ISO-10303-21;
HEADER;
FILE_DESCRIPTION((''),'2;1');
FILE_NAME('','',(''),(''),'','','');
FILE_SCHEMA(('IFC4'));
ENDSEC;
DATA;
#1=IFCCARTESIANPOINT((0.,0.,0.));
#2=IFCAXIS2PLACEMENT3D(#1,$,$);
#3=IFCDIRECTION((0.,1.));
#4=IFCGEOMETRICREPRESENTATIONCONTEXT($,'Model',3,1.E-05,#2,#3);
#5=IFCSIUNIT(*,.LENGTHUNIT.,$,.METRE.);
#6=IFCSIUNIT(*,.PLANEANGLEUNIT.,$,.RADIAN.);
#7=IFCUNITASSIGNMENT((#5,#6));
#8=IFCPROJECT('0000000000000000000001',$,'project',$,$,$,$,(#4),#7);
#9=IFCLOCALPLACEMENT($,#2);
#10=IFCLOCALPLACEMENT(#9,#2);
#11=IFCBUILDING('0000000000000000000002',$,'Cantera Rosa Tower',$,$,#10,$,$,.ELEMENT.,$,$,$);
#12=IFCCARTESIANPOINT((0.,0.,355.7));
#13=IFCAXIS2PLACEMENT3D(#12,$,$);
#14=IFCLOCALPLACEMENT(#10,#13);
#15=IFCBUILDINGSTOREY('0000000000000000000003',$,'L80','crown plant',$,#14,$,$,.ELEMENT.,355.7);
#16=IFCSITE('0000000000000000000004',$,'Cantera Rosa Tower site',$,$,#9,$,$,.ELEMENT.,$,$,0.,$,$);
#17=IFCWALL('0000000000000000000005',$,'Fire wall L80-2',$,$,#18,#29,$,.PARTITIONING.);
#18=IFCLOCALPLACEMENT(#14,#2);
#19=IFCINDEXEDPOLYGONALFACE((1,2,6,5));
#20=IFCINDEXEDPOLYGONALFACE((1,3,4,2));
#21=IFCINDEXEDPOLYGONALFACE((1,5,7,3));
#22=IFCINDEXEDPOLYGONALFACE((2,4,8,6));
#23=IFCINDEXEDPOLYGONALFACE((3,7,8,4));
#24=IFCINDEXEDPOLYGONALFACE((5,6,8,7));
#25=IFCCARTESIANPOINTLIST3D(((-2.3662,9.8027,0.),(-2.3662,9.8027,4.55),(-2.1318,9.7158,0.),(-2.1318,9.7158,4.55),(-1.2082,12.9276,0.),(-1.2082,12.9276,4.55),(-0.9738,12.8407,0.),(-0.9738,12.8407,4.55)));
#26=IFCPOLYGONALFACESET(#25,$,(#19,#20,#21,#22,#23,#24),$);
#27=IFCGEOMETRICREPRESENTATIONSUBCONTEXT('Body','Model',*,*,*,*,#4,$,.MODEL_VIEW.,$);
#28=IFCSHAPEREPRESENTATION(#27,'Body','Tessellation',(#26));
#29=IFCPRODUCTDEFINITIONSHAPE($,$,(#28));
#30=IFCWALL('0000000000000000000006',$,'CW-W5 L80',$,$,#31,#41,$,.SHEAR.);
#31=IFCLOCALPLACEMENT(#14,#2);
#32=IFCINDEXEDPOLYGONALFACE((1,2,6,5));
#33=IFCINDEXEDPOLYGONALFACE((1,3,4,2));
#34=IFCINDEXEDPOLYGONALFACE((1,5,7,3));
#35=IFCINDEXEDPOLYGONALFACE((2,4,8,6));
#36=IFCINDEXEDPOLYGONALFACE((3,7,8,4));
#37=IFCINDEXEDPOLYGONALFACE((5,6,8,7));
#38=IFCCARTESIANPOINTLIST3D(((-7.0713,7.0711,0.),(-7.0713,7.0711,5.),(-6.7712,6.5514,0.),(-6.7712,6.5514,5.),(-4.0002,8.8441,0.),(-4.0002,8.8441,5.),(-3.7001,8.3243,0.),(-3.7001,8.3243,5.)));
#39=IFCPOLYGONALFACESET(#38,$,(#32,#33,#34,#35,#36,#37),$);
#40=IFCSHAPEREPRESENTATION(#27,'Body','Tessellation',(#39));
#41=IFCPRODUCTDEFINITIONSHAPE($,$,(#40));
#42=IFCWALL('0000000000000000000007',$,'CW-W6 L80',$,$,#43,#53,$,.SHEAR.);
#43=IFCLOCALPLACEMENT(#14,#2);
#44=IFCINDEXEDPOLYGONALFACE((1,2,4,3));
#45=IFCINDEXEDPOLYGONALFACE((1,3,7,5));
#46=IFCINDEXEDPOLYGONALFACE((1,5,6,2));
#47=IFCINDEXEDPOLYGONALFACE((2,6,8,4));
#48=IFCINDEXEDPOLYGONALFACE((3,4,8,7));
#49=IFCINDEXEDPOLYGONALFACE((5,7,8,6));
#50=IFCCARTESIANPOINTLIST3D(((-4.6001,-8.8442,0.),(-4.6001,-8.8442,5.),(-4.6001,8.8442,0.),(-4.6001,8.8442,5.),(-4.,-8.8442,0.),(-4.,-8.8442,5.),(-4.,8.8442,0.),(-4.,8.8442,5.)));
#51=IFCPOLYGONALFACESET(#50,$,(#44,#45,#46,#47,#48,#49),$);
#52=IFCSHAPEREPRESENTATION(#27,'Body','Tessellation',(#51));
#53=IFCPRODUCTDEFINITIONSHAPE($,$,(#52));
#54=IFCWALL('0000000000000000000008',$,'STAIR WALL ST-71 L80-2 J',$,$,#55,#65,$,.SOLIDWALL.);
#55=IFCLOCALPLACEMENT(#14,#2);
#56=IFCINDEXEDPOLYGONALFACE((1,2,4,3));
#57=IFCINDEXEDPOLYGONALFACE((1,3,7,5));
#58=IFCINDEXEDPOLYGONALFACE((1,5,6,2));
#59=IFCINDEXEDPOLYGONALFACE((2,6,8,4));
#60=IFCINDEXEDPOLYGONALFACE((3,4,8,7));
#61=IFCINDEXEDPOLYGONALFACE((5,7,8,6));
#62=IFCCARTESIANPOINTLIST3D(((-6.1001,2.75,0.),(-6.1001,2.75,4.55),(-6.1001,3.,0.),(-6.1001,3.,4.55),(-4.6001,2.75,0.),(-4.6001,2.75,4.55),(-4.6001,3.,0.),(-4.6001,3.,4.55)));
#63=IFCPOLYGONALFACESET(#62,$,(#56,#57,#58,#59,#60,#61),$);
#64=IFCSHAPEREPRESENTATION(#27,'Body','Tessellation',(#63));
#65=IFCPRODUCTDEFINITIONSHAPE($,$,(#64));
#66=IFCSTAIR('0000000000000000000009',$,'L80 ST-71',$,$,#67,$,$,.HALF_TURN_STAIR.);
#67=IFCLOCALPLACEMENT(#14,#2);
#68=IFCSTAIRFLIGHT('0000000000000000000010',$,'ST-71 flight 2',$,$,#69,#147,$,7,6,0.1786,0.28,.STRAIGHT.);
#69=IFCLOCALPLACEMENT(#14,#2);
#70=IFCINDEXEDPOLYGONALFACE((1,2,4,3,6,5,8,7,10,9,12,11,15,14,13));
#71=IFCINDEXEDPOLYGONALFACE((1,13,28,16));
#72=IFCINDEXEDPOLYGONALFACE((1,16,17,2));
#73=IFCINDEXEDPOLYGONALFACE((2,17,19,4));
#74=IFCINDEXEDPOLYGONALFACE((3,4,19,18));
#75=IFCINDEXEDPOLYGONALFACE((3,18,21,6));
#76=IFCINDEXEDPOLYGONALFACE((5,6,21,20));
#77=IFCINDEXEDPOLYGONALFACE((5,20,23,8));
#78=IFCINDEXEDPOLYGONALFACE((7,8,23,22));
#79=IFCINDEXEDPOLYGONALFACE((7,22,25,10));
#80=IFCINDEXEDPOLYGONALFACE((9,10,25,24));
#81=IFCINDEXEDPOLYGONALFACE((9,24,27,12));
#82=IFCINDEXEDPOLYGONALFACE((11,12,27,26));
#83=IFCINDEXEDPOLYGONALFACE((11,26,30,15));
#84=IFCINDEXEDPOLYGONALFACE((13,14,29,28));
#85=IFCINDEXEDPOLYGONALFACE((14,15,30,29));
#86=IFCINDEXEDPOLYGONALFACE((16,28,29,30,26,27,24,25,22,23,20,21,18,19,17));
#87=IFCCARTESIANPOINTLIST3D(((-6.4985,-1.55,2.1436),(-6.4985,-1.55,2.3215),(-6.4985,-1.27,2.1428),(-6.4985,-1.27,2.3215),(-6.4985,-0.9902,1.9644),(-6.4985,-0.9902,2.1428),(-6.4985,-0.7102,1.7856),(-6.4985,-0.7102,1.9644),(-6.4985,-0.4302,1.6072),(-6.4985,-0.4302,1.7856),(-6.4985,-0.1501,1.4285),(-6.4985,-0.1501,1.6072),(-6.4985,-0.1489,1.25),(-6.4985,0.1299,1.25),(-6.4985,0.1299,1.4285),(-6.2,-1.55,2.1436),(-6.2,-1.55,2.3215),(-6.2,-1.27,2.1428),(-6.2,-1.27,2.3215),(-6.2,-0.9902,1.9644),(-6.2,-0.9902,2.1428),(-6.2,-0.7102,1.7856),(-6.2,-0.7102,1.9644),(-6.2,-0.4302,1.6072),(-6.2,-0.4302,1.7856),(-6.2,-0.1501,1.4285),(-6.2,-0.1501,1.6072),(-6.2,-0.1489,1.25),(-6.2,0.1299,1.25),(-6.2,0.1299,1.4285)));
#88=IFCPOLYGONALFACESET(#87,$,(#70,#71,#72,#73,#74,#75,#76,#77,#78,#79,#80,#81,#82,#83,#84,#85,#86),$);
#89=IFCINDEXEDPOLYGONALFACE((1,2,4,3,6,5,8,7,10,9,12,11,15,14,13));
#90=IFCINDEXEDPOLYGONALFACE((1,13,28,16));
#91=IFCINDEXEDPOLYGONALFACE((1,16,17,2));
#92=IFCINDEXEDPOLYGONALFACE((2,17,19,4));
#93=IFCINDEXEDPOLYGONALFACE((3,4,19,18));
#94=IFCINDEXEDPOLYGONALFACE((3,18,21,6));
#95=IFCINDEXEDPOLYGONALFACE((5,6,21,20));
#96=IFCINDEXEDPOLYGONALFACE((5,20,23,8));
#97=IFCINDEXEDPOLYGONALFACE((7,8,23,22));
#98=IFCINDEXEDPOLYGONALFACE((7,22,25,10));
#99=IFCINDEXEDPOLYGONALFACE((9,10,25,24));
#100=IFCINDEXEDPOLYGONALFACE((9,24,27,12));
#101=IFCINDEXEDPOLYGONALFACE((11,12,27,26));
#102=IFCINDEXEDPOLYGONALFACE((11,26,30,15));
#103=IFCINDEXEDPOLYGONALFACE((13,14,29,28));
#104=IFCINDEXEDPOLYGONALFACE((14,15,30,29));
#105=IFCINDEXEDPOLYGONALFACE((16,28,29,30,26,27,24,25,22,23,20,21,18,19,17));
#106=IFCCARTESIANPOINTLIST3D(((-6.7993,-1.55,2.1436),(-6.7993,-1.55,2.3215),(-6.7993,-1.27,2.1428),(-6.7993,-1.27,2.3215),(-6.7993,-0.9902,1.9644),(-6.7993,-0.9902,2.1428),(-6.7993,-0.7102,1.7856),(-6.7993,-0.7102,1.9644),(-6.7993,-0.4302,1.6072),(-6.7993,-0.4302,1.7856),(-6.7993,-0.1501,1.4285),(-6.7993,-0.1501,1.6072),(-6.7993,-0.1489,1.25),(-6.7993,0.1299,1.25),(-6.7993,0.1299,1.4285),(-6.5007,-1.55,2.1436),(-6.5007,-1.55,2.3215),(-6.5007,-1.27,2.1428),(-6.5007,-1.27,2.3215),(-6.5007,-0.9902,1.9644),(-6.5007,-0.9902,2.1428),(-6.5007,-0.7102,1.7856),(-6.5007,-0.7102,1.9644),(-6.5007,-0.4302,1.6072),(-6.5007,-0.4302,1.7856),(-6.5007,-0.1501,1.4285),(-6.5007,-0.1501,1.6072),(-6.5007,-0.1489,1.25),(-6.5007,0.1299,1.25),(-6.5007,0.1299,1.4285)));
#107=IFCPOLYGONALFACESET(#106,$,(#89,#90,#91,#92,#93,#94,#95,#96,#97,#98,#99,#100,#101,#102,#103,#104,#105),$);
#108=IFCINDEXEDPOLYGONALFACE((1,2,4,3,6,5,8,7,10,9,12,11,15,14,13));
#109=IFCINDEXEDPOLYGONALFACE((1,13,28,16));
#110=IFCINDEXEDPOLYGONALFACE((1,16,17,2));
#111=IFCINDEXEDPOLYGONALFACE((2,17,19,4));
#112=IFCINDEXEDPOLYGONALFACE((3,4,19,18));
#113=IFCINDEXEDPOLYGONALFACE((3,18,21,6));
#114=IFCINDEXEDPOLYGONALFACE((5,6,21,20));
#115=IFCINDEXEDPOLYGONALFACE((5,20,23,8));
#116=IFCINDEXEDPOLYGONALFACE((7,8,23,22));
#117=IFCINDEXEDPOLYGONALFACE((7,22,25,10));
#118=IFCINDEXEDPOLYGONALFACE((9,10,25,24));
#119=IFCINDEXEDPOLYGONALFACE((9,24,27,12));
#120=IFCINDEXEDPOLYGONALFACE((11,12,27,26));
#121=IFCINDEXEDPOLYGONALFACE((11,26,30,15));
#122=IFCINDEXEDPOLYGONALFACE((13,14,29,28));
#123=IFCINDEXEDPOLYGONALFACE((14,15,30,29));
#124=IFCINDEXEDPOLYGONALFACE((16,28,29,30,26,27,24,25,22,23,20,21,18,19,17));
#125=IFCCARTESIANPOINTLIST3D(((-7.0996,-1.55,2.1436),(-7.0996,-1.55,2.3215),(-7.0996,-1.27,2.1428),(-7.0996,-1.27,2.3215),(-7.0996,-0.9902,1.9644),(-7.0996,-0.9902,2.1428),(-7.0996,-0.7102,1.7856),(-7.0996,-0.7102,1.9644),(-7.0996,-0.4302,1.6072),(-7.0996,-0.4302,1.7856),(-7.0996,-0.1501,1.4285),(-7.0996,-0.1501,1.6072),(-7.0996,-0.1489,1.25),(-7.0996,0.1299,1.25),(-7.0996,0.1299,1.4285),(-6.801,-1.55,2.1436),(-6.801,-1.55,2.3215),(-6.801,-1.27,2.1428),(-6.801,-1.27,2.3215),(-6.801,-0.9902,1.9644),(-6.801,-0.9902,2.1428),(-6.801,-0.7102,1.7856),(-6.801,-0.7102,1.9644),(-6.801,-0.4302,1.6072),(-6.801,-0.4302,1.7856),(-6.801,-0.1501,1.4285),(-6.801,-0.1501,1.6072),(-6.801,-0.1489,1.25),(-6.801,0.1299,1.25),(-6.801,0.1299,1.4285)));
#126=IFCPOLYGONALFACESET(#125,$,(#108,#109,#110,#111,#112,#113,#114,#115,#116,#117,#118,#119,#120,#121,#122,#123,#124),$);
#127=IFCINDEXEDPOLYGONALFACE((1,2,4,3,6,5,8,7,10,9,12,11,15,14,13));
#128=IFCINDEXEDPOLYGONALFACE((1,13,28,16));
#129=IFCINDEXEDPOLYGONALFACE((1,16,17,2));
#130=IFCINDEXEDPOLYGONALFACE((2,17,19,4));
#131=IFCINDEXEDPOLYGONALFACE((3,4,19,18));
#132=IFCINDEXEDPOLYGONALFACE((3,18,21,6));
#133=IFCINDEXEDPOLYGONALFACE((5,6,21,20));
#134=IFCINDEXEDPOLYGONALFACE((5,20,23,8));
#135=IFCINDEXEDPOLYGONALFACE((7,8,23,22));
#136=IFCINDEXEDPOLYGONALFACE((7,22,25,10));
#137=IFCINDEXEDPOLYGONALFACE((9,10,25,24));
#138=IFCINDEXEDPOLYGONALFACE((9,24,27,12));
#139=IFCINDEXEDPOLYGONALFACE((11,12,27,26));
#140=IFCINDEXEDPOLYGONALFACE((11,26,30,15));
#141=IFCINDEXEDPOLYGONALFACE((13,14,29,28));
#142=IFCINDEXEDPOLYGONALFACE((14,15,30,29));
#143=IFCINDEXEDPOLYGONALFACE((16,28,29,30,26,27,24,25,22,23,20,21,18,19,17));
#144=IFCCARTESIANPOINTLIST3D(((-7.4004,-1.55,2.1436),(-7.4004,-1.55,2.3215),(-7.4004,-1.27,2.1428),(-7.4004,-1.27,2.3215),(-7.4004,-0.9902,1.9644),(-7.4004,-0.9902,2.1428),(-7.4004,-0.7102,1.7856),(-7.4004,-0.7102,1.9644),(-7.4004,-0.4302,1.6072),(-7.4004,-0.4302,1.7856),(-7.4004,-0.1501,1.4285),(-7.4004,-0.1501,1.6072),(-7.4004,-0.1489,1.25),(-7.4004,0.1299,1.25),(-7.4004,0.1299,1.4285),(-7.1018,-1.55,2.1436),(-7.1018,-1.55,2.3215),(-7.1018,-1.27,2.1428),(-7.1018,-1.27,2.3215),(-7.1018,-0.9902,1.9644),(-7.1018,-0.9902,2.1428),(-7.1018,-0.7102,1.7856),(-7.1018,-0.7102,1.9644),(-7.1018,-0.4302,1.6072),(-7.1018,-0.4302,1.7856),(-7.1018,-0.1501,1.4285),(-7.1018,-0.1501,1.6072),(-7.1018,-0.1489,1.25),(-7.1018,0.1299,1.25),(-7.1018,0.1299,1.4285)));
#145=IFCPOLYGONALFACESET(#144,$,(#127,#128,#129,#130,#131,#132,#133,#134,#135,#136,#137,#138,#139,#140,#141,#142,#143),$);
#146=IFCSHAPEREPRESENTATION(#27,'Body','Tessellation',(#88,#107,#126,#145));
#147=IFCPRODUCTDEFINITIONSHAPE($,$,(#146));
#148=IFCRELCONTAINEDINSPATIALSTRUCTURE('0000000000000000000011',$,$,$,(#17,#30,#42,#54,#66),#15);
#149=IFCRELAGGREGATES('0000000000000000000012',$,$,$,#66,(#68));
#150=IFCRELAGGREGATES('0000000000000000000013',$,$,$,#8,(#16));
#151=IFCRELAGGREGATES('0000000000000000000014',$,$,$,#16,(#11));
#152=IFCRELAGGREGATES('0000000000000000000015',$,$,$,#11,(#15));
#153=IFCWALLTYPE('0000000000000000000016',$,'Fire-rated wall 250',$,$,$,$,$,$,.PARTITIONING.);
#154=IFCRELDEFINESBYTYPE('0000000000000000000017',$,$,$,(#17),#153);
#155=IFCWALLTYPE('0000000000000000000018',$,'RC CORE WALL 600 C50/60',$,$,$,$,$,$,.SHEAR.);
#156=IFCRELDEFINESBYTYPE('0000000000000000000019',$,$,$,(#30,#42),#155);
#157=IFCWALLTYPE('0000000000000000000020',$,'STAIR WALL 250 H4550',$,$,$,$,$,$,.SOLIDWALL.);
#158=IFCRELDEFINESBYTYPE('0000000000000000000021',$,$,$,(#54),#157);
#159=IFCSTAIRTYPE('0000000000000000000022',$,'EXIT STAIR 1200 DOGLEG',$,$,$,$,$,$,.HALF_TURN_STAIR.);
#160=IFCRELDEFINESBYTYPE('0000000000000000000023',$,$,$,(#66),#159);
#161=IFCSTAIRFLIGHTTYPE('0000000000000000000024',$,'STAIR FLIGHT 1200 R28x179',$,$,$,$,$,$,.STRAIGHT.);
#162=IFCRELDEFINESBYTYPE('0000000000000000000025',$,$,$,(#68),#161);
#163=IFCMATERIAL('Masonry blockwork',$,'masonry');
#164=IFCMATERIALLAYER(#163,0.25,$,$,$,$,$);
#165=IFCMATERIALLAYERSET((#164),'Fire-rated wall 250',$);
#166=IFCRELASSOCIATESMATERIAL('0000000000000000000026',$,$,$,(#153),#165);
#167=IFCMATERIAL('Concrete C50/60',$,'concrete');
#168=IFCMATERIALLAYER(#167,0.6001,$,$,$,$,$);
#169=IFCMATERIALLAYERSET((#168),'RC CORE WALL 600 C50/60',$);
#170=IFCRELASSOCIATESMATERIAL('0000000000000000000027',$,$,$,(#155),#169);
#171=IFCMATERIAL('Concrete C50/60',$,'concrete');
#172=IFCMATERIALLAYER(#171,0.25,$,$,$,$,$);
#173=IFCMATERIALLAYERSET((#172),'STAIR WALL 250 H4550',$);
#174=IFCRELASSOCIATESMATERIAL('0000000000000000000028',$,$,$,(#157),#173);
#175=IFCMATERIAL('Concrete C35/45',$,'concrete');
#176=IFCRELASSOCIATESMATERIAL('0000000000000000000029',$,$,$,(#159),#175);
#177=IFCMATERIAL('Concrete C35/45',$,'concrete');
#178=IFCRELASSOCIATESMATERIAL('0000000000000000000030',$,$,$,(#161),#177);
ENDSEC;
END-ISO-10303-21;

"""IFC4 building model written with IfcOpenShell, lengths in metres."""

from ifc_helpers import new_model, si_unit, direction, frame, frame_2d, origin, place, context, subcontext, project, spatial, polyline, rectangle, outline, extrude, material, layer, layer_set, type_object, element, aggregate, save


model = new_model("IFC4")

# Units and contexts
model_context = context("Model", 3, precision=1e-05, world=origin(), true_north=direction((0.0, 1.0)))
body_context = subcontext(model_context, "Body", "Model", "MODEL_VIEW")
ifc_project = project(units=[si_unit("LENGTHUNIT", "METRE"), si_unit("PLANEANGLEUNIT", "RADIAN")], contexts=[model_context])

# Site, building, storey
site_placement = place(None, origin())
site = spatial("IfcSite", under=ifc_project, at=site_placement, Name="Cantera Rosa Tower site", CompositionType="ELEMENT", RefElevation=0.0)
building_placement = place(site_placement, origin())
building = spatial("IfcBuilding", under=site, at=building_placement, Name="Cantera Rosa Tower", CompositionType="ELEMENT")
storey_placement = place(building_placement, frame((0.0, 0.0, 355.7)))
storey = spatial("IfcBuildingStorey", under=building, at=storey_placement, Name="L80", Description="crown plant", CompositionType="ELEMENT", Elevation=355.7)

# Walls
ifc_material_1 = material(Name="Masonry blockwork", Category="masonry")
ifc_layer_1 = layer(ifc_material_1, 0.25)
ifc_layer_set_1 = layer_set([ifc_layer_1], Name="Fire-rated wall 250")
wall_type_1 = type_object("IfcWallType", Name="Fire-rated wall 250", PredefinedType="PARTITIONING", material=ifc_layer_set_1)
wall_1_placement = place(storey_placement, frame((-2.249, 9.7593, 0.0), z_axis=(0.0, 0.0, 1.0), x_axis=(0.347484, 0.937686, 0.0)))
element("IfcWall", 1, at=wall_1_placement, inside=storey, type_object=wall_type_1, Name="Fire wall L80-2", PredefinedType="PARTITIONING", context=body_context, shape_type="SweptSolid", body=[
    extrude(rectangle(XDim=3.3325, YDim=0.25, at=frame_2d((1.6663, 0.0))), origin(), (0.0, 0.0, 1.0), 4.55),
])
ifc_material_2 = material(Name="Concrete C50/60", Category="concrete")
ifc_layer_2 = layer(ifc_material_2, 0.6001)
ifc_layer_set_2 = layer_set([ifc_layer_2], Name="RC CORE WALL 600 C50/60")
wall_type_2 = type_object("IfcWallType", Name="RC CORE WALL 600 C50/60", PredefinedType="SHEAR", material=ifc_layer_set_2)
wall_2_placement = place(storey_placement, frame((-6.9211, 6.8113, 0.0), z_axis=(0.0, 0.0, 1.0), x_axis=(0.86604, 0.499975, 0.0)))
element("IfcWall", 2, at=wall_2_placement, inside=storey, type_object=wall_type_2, Name="CW-W5 L80", PredefinedType="SHEAR", context=body_context, shape_type="SweptSolid", body=[
    extrude(rectangle(XDim=3.5461, YDim=0.6001, at=frame_2d((1.7729, 0.0))), origin(), (0.0, 0.0, 1.0), 5.0),
])
wall_3_placement = place(storey_placement, frame((-4.3, 8.8442, 0.0), z_axis=(0.0, 0.0, 1.0), x_axis=(0.0, -1.0, 0.0)))
element("IfcWall", 3, at=wall_3_placement, inside=storey, type_object=wall_type_2, Name="CW-W6 L80", PredefinedType="SHEAR", context=body_context, shape_type="SweptSolid", body=[
    extrude(rectangle(XDim=17.6885, YDim=0.6001, at=frame_2d((8.8442, 0.0))), origin(), (0.0, 0.0, 1.0), 5.0),
])
ifc_material_3 = material(Name="Concrete C50/60", Category="concrete")
ifc_layer_3 = layer(ifc_material_3, 0.25)
ifc_layer_set_3 = layer_set([ifc_layer_3], Name="STAIR WALL 250 H4550")
wall_type_3 = type_object("IfcWallType", Name="STAIR WALL 250 H4550", PredefinedType="SOLIDWALL", material=ifc_layer_set_3)
wall_4_placement = place(storey_placement, frame((-6.1001, 2.875, 0.0), z_axis=(0.0, 0.0, 1.0), x_axis=(1.0, 0.0, 0.0)))
element("IfcWall", 4, at=wall_4_placement, inside=storey, type_object=wall_type_3, Name="STAIR WALL ST-71 L80-2 J", PredefinedType="SOLIDWALL", context=body_context, shape_type="SweptSolid", body=[
    extrude(rectangle(XDim=1.5, YDim=0.25, at=frame_2d((0.75, 0.0))), origin(), (0.0, 0.0, 1.0), 4.55),
])

# Stair, stair flight
ifc_material_4 = material(Name="Concrete C35/45", Category="concrete")
stair_type = type_object("IfcStairType", Name="EXIT STAIR 1200 DOGLEG", PredefinedType="HALF_TURN_STAIR", material=ifc_material_4)
stair_placement = place(storey_placement, origin())
stair = element("IfcStair", 5, at=stair_placement, inside=storey, type_object=stair_type, Name="L80 ST-71", PredefinedType="HALF_TURN_STAIR")
ifc_material_5 = material(Name="Concrete C35/45", Category="concrete")
stair_flight_type = type_object("IfcStairFlightType", Name="STAIR FLIGHT 1200 R28x179", PredefinedType="STRAIGHT", material=ifc_material_5)
stair_flight_1_placement = place(storey_placement, frame((-6.8, 0.1299, 1.25), z_axis=(0.0, 0.0, 1.0), x_axis=(0.0, -1.0, 0.0)))
stair_flight_1 = element("IfcStairFlight", 6, at=stair_flight_1_placement, type_object=stair_flight_type, Name="ST-71 flight 2", NumberOfRisers=7, NumberOfTreads=6, PredefinedType="STRAIGHT", RiserHeight=0.1786, TreadLength=0.28, context=body_context, shape_type="SweptSolid", body=[
    extrude(outline(polyline([(0.0, 0.0), (0.0, 0.1785), (0.28, 0.1785), (0.28, 0.3572), (0.5601, 0.3572), (0.5601, 0.5356), (0.8401, 0.5356), (0.8401, 0.7144), (1.1201, 0.7144), (1.1201, 0.8928), (1.3999, 0.8928), (1.3999, 1.0715), (1.6799, 1.0715), (1.6799, 1.25), (1.6799, 0.8936), (0.2788, 0.0), (0.0, 0.0)])), frame((0.0, 0.6001, 0.0), z_axis=(0.0, -1.0, 0.0), x_axis=(1.0, 0.0, 0.0)), (0.0, 0.0, 1.0), 0.2986),
    extrude(outline(polyline([(0.0, 0.0), (0.0, 0.1785), (0.28, 0.1785), (0.28, 0.3572), (0.5601, 0.3572), (0.5601, 0.5356), (0.8401, 0.5356), (0.8401, 0.7144), (1.1201, 0.7144), (1.1201, 0.8928), (1.3999, 0.8928), (1.3999, 1.0715), (1.6799, 1.0715), (1.6799, 1.25), (1.6799, 0.8936), (0.2788, 0.0), (0.0, 0.0)])), frame((0.0, 0.2993, 0.0), z_axis=(0.0, -1.0, 0.0), x_axis=(1.0, 0.0, 0.0)), (0.0, 0.0, 1.0), 0.2986),
    extrude(outline(polyline([(0.0, 0.0), (0.0, 0.1785), (0.28, 0.1785), (0.28, 0.3572), (0.5601, 0.3572), (0.5601, 0.5356), (0.8401, 0.5356), (0.8401, 0.7144), (1.1201, 0.7144), (1.1201, 0.8928), (1.3999, 0.8928), (1.3999, 1.0715), (1.6799, 1.0715), (1.6799, 1.25), (1.6799, 0.8936), (0.2788, 0.0), (0.0, 0.0)])), frame((0.0, -0.001, 0.0), z_axis=(0.0, -1.0, 0.0), x_axis=(1.0, 0.0, 0.0)), (0.0, 0.0, 1.0), 0.2986),
    extrude(outline(polyline([(0.0, 0.0), (0.0, 0.1785), (0.28, 0.1785), (0.28, 0.3572), (0.5601, 0.3572), (0.5601, 0.5356), (0.8401, 0.5356), (0.8401, 0.7144), (1.1201, 0.7144), (1.1201, 0.8928), (1.3999, 0.8928), (1.3999, 1.0715), (1.6799, 1.0715), (1.6799, 1.25), (1.6799, 0.8936), (0.2788, 0.0), (0.0, 0.0)])), frame((0.0, -0.3018, 0.0), z_axis=(0.0, -1.0, 0.0), x_axis=(1.0, 0.0, 0.0)), (0.0, 0.0, 1.0), 0.2986),
])
aggregate(stair, [stair_flight_1])

save(model, "model.ifc")
